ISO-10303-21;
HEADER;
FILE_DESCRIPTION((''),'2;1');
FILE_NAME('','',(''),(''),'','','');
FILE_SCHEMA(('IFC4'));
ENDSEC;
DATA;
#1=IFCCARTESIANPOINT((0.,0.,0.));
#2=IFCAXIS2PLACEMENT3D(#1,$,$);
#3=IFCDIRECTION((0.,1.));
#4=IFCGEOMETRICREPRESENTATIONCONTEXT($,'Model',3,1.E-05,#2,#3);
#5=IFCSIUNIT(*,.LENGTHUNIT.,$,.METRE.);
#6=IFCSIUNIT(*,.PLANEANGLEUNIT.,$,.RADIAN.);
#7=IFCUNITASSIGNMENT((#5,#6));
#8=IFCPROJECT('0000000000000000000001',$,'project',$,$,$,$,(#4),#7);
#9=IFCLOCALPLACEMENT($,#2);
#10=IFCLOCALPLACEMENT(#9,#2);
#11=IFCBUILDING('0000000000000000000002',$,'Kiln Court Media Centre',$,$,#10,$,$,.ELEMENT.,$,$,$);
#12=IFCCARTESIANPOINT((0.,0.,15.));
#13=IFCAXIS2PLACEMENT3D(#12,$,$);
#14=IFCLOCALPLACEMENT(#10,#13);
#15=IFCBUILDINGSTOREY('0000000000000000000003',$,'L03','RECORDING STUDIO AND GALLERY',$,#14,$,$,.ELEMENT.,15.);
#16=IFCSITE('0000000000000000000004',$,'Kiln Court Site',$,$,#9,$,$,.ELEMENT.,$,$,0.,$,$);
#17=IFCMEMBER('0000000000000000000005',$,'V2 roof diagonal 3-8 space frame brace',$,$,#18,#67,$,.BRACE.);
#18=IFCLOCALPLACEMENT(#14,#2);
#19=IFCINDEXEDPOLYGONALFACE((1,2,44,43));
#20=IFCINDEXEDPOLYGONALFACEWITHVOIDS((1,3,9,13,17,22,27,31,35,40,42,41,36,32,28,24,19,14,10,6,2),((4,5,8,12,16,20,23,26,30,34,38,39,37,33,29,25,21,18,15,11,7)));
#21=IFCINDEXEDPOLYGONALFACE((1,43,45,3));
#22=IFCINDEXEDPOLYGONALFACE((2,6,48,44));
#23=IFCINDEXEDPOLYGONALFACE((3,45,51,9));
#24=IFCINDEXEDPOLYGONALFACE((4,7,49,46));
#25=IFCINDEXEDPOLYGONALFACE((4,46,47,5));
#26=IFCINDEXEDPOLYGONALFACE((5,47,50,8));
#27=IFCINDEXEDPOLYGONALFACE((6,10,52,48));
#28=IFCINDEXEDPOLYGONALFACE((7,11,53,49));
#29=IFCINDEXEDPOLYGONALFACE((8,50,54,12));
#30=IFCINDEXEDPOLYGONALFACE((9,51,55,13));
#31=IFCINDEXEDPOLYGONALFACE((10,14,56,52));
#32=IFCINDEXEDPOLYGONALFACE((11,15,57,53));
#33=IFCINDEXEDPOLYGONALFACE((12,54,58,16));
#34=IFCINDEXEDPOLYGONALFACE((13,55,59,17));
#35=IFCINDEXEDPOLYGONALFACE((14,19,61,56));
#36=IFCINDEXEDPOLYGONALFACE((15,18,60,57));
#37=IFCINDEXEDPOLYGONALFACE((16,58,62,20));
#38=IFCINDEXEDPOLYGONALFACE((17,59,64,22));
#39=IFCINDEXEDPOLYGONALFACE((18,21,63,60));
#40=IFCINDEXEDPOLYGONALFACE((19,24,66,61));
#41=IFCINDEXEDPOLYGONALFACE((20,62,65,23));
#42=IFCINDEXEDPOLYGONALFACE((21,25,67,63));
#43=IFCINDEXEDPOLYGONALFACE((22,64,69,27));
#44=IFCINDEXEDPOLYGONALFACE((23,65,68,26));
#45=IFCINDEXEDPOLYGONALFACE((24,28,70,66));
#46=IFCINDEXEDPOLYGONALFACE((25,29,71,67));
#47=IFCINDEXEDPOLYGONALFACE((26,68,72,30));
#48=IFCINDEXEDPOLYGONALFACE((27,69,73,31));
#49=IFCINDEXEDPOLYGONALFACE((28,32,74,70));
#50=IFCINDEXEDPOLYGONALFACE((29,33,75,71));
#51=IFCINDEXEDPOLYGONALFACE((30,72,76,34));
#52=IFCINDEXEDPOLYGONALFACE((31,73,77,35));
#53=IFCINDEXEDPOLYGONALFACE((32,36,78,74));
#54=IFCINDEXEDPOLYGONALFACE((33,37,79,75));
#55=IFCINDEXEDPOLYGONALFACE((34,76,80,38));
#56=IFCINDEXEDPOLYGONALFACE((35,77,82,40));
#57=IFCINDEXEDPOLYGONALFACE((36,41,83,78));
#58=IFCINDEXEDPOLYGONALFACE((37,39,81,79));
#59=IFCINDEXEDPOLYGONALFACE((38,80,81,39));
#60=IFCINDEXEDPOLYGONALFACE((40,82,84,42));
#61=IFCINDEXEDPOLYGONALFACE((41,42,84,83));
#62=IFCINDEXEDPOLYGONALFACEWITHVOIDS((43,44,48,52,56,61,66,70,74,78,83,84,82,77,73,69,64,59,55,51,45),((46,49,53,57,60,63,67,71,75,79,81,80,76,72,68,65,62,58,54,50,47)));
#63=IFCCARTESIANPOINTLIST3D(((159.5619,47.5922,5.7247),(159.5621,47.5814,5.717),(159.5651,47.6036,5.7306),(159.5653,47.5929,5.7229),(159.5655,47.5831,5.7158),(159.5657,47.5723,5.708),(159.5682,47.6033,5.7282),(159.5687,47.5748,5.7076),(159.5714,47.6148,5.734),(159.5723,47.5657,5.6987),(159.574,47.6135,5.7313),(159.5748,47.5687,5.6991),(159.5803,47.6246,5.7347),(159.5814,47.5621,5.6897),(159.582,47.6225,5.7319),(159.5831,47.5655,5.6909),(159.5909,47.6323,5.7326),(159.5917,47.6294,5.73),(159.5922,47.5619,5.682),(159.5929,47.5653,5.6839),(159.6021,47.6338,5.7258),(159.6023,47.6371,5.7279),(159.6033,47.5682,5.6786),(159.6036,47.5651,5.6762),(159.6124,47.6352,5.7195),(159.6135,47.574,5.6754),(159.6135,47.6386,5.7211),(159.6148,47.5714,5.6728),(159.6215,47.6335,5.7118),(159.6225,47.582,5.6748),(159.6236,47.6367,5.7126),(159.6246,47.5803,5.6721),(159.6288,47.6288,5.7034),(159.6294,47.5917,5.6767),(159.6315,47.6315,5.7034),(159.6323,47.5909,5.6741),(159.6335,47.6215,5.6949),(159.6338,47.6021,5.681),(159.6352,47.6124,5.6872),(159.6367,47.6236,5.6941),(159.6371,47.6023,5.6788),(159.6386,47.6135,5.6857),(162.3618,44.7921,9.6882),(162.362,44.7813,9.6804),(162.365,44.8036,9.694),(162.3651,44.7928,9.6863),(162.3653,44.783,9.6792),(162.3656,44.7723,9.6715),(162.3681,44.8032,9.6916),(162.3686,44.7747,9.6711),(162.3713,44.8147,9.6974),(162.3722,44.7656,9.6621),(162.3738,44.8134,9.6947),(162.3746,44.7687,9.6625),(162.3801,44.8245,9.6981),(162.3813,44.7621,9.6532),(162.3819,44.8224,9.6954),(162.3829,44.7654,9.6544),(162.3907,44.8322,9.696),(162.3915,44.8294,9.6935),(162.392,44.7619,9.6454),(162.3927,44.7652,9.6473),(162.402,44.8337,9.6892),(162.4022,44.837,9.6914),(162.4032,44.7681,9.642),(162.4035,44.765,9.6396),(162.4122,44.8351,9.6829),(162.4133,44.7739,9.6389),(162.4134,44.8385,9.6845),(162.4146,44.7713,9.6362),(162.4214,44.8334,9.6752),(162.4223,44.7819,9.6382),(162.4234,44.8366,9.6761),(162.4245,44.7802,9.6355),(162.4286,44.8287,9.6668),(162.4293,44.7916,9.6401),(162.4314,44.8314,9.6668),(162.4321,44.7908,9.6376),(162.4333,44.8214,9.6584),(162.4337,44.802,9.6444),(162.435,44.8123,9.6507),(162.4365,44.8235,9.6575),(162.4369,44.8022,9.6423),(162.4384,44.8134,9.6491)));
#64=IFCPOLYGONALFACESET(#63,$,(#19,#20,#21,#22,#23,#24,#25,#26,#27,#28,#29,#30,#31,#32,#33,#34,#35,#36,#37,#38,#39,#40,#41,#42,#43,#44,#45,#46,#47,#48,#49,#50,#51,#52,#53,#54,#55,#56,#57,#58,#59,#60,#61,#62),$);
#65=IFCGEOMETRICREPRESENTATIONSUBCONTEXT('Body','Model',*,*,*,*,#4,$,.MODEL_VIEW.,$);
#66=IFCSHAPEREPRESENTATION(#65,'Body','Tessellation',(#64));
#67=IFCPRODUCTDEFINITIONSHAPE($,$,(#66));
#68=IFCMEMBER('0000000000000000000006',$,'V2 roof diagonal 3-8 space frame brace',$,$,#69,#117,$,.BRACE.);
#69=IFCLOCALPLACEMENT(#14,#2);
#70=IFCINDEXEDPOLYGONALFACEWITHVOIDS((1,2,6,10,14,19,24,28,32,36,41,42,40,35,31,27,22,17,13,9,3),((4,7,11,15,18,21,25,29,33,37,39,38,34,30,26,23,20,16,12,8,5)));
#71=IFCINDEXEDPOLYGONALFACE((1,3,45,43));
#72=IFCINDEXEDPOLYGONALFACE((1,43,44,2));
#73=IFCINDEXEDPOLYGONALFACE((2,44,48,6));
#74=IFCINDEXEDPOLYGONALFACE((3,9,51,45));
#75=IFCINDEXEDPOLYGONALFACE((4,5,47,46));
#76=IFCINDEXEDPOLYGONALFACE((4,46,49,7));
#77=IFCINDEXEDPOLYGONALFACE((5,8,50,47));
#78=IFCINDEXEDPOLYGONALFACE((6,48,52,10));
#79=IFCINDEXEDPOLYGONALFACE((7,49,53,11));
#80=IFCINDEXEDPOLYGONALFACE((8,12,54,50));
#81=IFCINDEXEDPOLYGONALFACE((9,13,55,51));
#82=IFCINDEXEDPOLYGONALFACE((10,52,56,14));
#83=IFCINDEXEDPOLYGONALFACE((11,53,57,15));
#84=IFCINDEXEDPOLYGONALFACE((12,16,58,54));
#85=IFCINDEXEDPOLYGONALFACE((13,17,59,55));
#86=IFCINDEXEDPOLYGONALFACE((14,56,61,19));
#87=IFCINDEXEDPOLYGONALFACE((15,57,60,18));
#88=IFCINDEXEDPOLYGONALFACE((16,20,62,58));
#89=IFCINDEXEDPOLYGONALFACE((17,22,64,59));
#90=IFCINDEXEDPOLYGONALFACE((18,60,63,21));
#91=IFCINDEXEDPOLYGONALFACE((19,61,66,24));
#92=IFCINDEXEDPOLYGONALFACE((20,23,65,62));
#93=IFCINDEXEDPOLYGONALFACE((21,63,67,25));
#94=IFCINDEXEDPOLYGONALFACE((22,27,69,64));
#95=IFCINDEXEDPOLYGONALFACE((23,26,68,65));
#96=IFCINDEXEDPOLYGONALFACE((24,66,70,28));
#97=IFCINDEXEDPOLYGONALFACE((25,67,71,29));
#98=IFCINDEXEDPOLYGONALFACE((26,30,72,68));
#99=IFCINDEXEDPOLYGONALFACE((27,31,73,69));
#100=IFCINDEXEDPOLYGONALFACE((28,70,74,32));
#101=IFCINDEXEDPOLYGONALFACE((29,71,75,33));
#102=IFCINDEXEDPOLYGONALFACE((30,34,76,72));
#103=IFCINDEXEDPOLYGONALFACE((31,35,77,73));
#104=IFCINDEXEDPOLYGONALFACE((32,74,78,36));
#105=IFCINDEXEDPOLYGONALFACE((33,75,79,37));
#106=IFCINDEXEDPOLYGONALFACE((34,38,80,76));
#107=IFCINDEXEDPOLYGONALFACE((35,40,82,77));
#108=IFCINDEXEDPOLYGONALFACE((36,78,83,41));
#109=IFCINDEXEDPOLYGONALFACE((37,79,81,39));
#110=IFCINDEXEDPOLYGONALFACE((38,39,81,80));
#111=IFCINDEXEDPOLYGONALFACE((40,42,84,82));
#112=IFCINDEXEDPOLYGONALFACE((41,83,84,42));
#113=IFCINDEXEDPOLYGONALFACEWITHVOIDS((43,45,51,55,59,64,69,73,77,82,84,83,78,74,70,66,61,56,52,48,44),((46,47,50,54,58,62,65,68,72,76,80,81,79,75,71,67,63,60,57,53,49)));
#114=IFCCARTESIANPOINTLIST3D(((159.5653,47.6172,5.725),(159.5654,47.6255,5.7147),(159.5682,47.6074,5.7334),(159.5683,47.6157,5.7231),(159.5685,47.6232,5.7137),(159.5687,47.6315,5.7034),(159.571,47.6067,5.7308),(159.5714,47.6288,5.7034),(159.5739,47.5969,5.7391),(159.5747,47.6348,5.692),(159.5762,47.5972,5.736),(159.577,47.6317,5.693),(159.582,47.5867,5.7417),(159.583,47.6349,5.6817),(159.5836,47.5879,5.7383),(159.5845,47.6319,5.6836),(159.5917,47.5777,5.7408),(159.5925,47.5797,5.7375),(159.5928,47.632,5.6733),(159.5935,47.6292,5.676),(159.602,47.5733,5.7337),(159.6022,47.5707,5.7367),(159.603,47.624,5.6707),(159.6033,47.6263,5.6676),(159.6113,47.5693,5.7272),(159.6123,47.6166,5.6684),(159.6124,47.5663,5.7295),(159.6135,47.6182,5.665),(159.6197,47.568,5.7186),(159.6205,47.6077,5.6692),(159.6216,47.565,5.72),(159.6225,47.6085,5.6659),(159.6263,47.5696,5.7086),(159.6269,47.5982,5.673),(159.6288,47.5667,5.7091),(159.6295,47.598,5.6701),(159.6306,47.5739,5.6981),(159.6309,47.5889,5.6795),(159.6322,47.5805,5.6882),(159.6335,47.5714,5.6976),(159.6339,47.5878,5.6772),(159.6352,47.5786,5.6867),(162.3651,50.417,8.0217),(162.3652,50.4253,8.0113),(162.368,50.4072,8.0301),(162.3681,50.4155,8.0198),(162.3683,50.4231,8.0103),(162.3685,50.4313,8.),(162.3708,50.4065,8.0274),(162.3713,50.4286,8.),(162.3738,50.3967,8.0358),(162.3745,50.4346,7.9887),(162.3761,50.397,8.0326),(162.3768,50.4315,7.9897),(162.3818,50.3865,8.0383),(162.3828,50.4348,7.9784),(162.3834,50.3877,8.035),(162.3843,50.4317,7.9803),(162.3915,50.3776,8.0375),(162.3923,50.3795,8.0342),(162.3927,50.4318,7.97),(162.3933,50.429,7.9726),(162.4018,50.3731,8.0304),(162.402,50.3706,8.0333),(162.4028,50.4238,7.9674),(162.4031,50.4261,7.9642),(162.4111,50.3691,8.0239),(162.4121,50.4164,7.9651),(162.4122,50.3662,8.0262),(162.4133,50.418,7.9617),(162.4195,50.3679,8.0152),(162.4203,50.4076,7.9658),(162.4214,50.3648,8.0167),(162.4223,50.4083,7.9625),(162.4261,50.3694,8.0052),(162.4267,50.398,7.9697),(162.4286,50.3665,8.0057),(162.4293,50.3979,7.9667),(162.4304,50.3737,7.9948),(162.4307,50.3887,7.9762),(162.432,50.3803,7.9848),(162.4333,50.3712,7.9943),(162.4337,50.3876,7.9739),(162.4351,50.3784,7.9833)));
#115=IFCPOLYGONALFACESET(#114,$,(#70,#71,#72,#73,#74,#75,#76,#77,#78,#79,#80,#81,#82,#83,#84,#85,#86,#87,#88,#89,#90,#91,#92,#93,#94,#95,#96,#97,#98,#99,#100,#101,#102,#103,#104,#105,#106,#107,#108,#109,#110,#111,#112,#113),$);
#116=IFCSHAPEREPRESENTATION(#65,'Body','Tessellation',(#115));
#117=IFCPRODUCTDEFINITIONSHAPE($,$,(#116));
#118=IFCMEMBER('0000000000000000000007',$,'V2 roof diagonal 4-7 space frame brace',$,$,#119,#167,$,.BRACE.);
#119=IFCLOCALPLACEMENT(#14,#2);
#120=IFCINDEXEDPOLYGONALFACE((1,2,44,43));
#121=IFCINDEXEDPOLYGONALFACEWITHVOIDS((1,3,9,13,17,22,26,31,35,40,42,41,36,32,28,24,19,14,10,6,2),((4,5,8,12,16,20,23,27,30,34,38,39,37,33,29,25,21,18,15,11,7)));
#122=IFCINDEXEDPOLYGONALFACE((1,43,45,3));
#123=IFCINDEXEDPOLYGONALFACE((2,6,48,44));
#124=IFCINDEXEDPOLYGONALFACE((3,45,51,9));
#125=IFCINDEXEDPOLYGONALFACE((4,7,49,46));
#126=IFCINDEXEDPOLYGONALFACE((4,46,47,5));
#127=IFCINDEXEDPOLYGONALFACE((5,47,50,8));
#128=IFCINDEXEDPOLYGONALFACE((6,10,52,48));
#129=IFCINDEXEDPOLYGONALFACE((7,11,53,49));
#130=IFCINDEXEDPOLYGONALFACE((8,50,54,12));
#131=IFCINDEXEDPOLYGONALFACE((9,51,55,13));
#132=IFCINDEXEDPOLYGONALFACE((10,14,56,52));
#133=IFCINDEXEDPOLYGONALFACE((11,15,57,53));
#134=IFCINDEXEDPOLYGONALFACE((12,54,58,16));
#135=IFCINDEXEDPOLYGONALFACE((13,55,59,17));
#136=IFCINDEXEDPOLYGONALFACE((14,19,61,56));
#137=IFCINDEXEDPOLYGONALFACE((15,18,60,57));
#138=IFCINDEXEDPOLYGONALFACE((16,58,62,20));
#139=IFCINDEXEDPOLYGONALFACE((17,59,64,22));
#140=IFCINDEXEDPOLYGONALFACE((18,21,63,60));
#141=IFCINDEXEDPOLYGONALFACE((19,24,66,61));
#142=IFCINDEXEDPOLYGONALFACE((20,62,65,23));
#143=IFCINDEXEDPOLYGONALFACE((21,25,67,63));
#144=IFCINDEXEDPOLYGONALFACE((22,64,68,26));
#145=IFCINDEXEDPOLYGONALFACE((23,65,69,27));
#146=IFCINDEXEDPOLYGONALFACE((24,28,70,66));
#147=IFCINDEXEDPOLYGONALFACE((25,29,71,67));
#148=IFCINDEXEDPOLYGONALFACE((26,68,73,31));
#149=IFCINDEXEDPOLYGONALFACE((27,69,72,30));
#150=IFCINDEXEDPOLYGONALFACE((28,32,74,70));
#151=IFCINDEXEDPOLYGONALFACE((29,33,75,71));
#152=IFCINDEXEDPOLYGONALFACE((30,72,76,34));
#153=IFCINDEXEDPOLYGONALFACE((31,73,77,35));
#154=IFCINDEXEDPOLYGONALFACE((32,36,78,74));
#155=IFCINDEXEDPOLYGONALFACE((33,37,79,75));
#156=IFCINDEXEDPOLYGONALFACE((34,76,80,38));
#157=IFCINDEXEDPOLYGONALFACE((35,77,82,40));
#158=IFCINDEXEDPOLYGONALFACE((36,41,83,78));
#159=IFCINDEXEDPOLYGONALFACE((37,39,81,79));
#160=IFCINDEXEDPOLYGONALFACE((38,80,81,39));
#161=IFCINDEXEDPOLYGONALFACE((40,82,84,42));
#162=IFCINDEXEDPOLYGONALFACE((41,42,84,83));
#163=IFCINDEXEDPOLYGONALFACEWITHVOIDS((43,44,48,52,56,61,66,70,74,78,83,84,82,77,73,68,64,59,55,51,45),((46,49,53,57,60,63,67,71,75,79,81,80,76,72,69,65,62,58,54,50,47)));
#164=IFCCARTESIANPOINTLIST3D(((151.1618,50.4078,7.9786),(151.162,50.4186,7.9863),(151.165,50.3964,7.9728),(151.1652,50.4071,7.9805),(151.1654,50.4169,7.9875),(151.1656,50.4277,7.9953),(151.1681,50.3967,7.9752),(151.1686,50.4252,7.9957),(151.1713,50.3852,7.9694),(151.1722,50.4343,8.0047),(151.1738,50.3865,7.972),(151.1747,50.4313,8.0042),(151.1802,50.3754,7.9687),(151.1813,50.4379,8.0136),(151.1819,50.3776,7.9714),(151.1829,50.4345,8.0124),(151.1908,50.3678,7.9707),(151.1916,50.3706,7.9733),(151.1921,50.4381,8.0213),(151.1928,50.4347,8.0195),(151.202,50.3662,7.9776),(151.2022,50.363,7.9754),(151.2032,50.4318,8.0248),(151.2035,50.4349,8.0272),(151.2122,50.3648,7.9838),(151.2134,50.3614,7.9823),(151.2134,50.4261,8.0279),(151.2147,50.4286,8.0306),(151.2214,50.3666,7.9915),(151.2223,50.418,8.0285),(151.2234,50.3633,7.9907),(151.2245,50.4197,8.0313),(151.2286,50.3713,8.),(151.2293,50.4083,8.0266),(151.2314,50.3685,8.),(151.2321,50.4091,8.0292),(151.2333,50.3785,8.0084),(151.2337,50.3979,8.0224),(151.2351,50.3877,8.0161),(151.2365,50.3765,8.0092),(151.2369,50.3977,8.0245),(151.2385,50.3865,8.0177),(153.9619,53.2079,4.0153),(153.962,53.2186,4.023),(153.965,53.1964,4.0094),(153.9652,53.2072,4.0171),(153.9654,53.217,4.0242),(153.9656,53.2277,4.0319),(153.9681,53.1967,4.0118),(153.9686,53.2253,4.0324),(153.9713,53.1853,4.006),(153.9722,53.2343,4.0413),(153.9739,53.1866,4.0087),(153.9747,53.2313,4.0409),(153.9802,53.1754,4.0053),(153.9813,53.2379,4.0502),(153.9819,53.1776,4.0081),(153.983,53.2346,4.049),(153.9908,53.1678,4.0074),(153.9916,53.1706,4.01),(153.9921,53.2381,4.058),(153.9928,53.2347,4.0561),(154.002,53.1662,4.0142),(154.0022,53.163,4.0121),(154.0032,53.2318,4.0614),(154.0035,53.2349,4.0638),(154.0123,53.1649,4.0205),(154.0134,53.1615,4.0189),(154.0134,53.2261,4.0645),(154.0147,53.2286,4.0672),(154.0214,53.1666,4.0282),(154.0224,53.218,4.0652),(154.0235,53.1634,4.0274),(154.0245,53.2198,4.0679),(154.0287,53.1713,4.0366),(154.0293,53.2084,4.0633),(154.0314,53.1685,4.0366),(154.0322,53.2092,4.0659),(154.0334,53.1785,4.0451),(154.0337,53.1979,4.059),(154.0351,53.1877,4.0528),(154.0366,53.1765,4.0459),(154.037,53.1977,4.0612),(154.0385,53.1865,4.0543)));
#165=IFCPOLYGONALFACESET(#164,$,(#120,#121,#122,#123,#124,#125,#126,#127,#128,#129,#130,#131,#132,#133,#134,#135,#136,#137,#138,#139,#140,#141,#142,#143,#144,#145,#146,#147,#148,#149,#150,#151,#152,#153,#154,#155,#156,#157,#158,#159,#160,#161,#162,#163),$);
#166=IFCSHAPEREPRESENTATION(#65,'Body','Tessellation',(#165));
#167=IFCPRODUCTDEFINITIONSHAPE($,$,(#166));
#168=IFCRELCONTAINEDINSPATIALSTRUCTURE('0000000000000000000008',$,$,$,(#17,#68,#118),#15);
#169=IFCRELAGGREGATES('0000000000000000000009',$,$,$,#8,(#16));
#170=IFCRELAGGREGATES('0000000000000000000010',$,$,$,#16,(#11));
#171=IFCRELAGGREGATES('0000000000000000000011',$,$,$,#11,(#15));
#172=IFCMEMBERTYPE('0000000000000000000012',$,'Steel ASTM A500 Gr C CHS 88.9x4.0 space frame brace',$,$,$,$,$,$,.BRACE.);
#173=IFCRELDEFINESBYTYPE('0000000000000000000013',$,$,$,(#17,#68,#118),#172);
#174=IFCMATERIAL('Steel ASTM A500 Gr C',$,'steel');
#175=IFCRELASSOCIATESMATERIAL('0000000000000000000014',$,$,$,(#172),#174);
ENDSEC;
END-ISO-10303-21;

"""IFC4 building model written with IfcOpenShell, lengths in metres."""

from ifc_helpers import new_model, si_unit, direction, frame, origin, origin_2d, place, context, subcontext, project, spatial, hollow_circle, extrude, material, material_profile, profile_set, type_object, element, save


model = new_model("IFC4")

# Units and contexts
model_context = context("Model", 3, precision=1e-05, world=origin(), true_north=direction((0.0, 1.0)))
body_context = subcontext(model_context, "Body", "Model", "MODEL_VIEW")
ifc_project = project(units=[si_unit("LENGTHUNIT", "METRE"), si_unit("PLANEANGLEUNIT", "RADIAN")], contexts=[model_context])

# Site, building, storey
site_placement = place(None, origin())
site = spatial("IfcSite", under=ifc_project, at=site_placement, Name="Kiln Court Site", CompositionType="ELEMENT", RefElevation=0.0)
building_placement = place(site_placement, origin())
building = spatial("IfcBuilding", under=site, at=building_placement, Name="Kiln Court Media Centre", CompositionType="ELEMENT")
storey_placement = place(building_placement, frame((0.0, 0.0, 15.0)))
storey = spatial("IfcBuildingStorey", under=building, at=storey_placement, Name="L03", Description="RECORDING STUDIO AND GALLERY", CompositionType="ELEMENT", Elevation=15.0)

# Members
ifc_material_1 = material(Name="Steel ASTM A500 Gr C", Category="steel")
ifc_material_profile_1 = material_profile(ifc_material_1, hollow_circle(Radius=0.0444, WallThickness=0.0039, at=origin_2d()), Name="CHS 88.9x4.0")
ifc_profile_set_1 = profile_set([ifc_material_profile_1], Name="Steel ASTM A500 Gr C")
member_type_1 = type_object("IfcMemberType", Name="Steel ASTM A500 Gr C CHS 88.9x4.0 space frame brace", PredefinedType="BRACE", material=ifc_profile_set_1)
member_1_placement = place(storey_placement, frame((159.6001, 47.6001, 5.7034), z_axis=(0.499746, -0.499789, 0.707436), x_axis=(0.707138, 0.707076, 0.0)))
element("IfcMember", 1, at=member_1_placement, inside=storey, type_object=member_type_1, Name="V2 roof diagonal 3-8 space frame brace", PredefinedType="BRACE", context=body_context, shape_type="SweptSolid", body=[
    extrude(hollow_circle(Radius=0.0444, WallThickness=0.0039, at=origin_2d()), origin(), (0.0, 0.0, 1.0), 5.6025),
])
member_2_placement = place(storey_placement, frame((159.6001, 47.6001, 5.7034), z_axis=(0.611662, 0.611662, 0.501736), x_axis=(-0.707107, 0.707107, 0.0)))
element("IfcMember", 2, at=member_2_placement, inside=storey, type_object=member_type_1, Name="V2 roof diagonal 3-8 space frame brace", PredefinedType="BRACE", context=body_context, shape_type="SweptSolid", body=[
    extrude(hollow_circle(Radius=0.0444, WallThickness=0.0039, at=origin_2d()), origin(), (0.0, 0.0, 1.0), 4.5774),
])
member_3_placement = place(storey_placement, frame((154.0, 53.2, 4.0366), z_axis=(-0.499778, -0.499778, 0.70742), x_axis=(0.707107, -0.707107, 0.0)))
element("IfcMember", 3, at=member_3_placement, inside=storey, type_object=member_type_1, Name="V2 roof diagonal 4-7 space frame brace", PredefinedType="BRACE", context=body_context, shape_type="SweptSolid", body=[
    extrude(hollow_circle(Radius=0.0444, WallThickness=0.0039, at=origin_2d()), origin(), (0.0, 0.0, 1.0), 5.6025),
])

save(model, "model.ifc")
